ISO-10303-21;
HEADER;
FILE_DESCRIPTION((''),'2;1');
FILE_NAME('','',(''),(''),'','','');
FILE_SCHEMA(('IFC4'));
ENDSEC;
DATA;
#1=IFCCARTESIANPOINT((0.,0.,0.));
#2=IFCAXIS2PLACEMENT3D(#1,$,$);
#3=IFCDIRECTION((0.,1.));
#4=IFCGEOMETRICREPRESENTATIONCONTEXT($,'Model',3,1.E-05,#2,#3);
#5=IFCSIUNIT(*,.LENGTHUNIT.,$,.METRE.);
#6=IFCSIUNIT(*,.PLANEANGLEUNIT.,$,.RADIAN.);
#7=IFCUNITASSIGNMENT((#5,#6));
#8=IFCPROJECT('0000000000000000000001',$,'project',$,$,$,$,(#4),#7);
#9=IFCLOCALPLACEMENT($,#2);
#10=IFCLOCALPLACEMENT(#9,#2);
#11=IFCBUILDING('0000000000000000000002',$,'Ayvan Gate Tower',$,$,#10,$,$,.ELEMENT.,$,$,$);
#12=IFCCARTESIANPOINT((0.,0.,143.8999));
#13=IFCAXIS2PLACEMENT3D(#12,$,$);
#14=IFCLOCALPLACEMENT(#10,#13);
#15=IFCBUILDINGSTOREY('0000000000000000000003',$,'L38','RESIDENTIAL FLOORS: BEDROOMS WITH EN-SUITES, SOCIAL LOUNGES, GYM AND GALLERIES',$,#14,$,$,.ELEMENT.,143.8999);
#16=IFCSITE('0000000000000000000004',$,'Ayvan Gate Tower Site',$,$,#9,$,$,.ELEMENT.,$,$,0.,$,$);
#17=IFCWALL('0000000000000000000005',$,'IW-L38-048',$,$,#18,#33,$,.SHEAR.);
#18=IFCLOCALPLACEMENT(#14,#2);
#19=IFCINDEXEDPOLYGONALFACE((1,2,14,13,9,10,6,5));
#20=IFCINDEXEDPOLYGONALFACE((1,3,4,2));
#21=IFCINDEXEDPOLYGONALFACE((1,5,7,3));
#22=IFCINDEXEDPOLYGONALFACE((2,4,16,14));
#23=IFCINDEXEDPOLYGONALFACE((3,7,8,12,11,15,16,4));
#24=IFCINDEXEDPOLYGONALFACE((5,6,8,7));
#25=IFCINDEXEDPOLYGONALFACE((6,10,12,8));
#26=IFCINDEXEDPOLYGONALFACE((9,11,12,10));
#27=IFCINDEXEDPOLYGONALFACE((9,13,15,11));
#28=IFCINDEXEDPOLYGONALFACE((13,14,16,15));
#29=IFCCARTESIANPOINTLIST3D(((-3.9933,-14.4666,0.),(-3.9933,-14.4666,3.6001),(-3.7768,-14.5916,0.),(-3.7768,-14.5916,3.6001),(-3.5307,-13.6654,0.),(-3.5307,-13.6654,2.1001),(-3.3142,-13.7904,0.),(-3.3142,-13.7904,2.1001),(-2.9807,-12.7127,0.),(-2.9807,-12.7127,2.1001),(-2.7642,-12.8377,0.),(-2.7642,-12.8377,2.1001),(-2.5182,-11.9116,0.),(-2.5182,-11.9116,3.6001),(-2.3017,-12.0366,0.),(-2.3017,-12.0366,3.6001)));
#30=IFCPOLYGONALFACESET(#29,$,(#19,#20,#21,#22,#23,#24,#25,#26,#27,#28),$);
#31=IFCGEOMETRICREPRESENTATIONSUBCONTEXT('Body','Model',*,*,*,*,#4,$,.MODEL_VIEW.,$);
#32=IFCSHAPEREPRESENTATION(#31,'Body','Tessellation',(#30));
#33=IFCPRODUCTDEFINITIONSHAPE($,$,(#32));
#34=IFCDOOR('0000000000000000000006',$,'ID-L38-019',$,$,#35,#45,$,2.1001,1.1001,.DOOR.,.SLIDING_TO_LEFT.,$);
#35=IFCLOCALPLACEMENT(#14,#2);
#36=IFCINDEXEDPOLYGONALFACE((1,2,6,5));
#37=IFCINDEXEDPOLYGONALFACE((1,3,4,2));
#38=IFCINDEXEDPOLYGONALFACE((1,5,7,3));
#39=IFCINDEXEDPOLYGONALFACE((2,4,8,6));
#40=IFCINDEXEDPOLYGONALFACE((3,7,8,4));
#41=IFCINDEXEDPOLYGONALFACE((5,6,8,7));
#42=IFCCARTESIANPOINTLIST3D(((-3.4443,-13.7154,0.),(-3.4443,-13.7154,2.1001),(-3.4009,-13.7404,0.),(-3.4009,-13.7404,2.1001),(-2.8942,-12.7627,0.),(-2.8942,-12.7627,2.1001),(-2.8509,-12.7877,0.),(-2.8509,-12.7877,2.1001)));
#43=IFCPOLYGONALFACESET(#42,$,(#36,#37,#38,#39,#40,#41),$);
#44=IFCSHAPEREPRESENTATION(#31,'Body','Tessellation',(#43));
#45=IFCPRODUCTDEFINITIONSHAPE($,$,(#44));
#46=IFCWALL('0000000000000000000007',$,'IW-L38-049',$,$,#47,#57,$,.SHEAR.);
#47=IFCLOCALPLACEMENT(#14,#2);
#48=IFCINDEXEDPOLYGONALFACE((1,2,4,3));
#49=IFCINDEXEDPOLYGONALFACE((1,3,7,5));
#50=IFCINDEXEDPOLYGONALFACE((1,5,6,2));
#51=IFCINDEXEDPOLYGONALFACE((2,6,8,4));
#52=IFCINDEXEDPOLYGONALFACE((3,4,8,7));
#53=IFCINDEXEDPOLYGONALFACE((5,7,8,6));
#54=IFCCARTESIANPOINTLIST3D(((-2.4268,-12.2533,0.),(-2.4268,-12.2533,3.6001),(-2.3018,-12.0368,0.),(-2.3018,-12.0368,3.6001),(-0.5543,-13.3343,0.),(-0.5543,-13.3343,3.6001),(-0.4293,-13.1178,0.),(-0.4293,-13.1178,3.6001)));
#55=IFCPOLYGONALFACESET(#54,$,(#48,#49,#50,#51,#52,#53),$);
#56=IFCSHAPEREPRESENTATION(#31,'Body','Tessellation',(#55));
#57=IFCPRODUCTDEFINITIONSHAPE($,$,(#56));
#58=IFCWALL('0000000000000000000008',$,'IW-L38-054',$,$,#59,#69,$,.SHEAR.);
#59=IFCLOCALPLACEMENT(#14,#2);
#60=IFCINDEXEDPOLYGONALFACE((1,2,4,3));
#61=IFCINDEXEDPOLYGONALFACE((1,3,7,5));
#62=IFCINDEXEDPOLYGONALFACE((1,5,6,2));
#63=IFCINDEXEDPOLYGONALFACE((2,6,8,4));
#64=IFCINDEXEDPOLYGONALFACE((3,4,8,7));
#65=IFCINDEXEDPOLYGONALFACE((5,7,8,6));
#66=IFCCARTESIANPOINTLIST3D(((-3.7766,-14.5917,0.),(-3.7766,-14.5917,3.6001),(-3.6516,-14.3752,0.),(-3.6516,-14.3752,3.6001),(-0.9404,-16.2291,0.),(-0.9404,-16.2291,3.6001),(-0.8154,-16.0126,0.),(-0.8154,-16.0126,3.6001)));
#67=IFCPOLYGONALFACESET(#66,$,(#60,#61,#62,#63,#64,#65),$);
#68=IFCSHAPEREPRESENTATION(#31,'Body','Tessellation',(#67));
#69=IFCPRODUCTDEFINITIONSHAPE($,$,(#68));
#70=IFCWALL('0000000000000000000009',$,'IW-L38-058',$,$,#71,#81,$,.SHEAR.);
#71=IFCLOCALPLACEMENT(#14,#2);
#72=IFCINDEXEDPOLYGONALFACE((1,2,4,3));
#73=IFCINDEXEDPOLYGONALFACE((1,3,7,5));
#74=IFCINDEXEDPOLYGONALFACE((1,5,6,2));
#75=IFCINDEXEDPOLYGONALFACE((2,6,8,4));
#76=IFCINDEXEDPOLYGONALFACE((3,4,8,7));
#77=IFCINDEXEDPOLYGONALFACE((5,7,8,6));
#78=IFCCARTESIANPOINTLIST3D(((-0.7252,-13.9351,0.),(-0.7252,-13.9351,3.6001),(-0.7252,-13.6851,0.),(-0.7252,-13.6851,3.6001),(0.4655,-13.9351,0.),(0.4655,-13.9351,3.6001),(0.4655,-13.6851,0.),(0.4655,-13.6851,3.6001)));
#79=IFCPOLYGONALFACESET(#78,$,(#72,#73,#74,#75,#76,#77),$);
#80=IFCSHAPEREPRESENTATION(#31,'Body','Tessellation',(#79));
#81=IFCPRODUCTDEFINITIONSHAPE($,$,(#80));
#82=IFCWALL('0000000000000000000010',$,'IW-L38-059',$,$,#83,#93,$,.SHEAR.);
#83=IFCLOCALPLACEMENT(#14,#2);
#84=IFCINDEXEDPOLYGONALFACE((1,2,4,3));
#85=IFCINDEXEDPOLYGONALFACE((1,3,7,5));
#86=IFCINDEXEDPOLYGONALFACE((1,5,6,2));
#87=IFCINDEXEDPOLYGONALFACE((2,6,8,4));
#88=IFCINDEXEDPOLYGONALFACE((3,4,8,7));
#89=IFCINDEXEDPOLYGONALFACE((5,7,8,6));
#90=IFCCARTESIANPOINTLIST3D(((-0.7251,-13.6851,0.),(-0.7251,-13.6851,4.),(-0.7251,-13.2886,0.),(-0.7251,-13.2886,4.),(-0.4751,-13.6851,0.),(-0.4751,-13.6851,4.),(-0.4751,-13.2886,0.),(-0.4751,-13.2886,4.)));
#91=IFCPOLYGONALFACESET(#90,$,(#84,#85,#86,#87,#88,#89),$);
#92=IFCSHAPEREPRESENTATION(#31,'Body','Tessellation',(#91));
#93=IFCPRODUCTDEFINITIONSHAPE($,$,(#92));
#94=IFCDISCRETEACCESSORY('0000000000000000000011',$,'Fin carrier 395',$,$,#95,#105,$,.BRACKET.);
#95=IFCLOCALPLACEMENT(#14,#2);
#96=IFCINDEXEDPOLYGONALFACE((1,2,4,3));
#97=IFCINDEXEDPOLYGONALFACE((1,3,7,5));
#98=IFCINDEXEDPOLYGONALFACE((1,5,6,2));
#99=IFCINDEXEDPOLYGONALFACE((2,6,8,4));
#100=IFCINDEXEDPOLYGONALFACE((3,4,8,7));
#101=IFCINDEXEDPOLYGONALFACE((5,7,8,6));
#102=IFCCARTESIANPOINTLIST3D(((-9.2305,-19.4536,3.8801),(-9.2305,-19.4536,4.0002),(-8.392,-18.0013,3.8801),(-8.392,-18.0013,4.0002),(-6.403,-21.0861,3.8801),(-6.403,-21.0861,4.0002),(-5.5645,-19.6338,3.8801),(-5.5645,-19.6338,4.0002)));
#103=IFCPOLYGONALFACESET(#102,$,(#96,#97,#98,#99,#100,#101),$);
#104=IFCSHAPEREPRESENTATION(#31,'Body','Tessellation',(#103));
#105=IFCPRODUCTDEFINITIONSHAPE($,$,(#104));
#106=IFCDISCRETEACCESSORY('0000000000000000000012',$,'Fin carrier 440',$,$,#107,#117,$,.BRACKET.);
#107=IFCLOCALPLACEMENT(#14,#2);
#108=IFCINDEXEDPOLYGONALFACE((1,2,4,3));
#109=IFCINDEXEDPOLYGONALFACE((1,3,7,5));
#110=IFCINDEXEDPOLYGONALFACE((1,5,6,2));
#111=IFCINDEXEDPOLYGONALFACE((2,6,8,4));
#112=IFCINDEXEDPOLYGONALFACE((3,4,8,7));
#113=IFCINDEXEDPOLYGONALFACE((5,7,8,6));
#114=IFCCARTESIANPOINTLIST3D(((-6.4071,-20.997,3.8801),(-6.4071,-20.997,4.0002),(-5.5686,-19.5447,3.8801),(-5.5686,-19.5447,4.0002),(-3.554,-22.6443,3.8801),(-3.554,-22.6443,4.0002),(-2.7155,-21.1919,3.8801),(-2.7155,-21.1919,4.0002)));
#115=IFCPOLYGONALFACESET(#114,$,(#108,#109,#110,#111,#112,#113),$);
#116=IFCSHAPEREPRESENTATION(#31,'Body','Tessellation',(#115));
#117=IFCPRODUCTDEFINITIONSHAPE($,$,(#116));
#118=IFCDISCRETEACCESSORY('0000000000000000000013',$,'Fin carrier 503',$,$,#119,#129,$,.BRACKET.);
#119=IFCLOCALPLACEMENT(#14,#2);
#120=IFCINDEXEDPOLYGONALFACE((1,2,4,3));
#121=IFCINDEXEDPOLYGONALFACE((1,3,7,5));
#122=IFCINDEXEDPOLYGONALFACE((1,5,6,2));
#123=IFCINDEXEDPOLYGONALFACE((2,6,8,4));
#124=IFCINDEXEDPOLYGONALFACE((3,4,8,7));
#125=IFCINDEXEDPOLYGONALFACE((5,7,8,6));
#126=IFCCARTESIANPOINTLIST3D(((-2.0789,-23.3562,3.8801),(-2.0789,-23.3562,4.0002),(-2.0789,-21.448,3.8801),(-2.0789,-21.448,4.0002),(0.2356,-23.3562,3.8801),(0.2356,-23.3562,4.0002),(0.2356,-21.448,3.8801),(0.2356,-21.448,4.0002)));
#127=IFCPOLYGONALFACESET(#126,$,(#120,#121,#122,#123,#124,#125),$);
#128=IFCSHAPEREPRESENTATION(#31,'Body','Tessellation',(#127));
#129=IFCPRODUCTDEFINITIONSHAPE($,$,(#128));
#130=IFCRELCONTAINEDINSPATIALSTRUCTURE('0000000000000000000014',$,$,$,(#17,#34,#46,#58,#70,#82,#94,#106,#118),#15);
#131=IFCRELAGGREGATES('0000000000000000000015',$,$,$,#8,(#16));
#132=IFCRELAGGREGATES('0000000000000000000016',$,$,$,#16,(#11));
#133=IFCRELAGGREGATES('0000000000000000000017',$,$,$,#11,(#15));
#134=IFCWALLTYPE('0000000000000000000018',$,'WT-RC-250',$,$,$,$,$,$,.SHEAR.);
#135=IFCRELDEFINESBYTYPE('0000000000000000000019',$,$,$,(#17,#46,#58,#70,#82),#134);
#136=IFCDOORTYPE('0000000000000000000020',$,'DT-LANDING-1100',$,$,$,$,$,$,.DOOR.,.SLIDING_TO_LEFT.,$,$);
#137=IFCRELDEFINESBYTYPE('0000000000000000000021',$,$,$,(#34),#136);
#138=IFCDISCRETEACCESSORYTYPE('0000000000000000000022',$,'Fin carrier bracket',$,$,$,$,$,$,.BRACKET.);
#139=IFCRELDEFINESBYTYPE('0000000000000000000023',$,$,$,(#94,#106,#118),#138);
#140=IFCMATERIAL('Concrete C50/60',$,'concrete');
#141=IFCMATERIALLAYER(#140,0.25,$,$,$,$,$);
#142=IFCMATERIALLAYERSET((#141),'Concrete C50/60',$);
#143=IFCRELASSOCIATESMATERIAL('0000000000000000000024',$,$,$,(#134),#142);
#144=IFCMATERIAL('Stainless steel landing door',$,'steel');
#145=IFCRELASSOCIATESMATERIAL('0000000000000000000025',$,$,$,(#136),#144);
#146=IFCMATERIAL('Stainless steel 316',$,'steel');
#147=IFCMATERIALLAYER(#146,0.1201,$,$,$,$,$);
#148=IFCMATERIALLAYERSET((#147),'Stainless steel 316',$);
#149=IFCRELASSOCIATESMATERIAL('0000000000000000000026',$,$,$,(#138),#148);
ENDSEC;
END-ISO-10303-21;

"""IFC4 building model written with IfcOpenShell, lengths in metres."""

from ifc_helpers import new_model, si_unit, direction, frame, frame_2d, origin, origin_2d, place, context, subcontext, project, spatial, rectangle, extrude, material, layer, layer_set, type_object, element, fill, save


model = new_model("IFC4")

# Units and contexts
model_context = context("Model", 3, precision=1e-05, world=origin(), true_north=direction((0.0, 1.0)))
body_context = subcontext(model_context, "Body", "Model", "MODEL_VIEW")
ifc_project = project(units=[si_unit("LENGTHUNIT", "METRE"), si_unit("PLANEANGLEUNIT", "RADIAN")], contexts=[model_context])

# Site, building, storey
site_placement = place(None, origin())
site = spatial("IfcSite", under=ifc_project, at=site_placement, Name="Ayvan Gate Tower Site", CompositionType="ELEMENT", RefElevation=0.0)
building_placement = place(site_placement, origin())
building = spatial("IfcBuilding", under=site, at=building_placement, Name="Ayvan Gate Tower", CompositionType="ELEMENT")
storey_placement = place(building_placement, frame((0.0, 0.0, 143.8999)))
storey = spatial("IfcBuildingStorey", under=building, at=storey_placement, Name="L38", Description="RESIDENTIAL FLOORS: BEDROOMS WITH EN-SUITES, SOCIAL LOUNGES, GYM AND GALLERIES", CompositionType="ELEMENT", Elevation=143.8999)

# Shared definitions
ifc_material_1 = material(Name="Concrete C50/60", Category="concrete")
ifc_layer_1 = layer(ifc_material_1, 0.25)
ifc_layer_set_1 = layer_set([ifc_layer_1], Name="Concrete C50/60")
wall_type_1 = type_object("IfcWallType", Name="WT-RC-250", PredefinedType="SHEAR", material=ifc_layer_set_1)

# Wall, opening, door
wall_1_placement = place(storey_placement, frame((-2.4099, -11.9741, 0.0), z_axis=(0.0, 0.0, 1.0), x_axis=(-0.500002, -0.866024, 0.0)))
wall_1 = element("IfcWall", 1, at=wall_1_placement, inside=storey, type_object=wall_type_1, Name="IW-L38-048", PredefinedType="SHEAR", context=body_context, shape_type="SweptSolid", body=[
    extrude(rectangle(XDim=2.9502, YDim=0.25, at=frame_2d((1.4751, 0.0))), origin(), (0.0, 0.0, 1.0), 3.6001),
])
opening_1_placement = place(wall_1_placement, frame((0.925, 0.0, 0.0)))
opening_1 = element("IfcOpeningElement", 2, at=opening_1_placement, cuts=wall_1, PredefinedType="OPENING", context=body_context, shape_type="SweptSolid", body=[
    extrude(rectangle(XDim=1.1001, YDim=2.1001, at=frame_2d((0.55, 1.05))), frame((0.0, 0.135, 0.0), z_axis=(0.0, -1.0, 0.0), x_axis=(1.0, 0.0, 0.0)), (0.0, 0.0, 1.0), 0.27),
])
ifc_material_2 = material(Name="Stainless steel landing door", Category="steel")
door_type_1 = type_object("IfcDoorType", Name="DT-LANDING-1100", OperationType="SLIDING_TO_LEFT", PredefinedType="DOOR", material=ifc_material_2)
door_1_placement = place(opening_1_placement, origin())
door_1 = element("IfcDoor", 3, at=door_1_placement, inside=storey, type_object=door_type_1, Name="ID-L38-019", OperationType="SLIDING_TO_LEFT", OverallHeight=2.1001, OverallWidth=1.1001, PredefinedType="DOOR", context=body_context, shape_type="SweptSolid", body=[
    extrude(rectangle(XDim=1.1001, YDim=2.1001, at=frame_2d((0.55, 1.05))), frame((0.0, 0.0249, 0.0), z_axis=(0.0, -1.0, 0.0), x_axis=(1.0, 0.0, 0.0)), (0.0, 0.0, 1.0), 0.05),
])
fill(opening_1, door_1)

# Walls
wall_2_placement = place(storey_placement, frame((-2.3643, -12.145, 0.0), z_axis=(0.0, 0.0, 1.0), x_axis=(0.866039, -0.499977, 0.0)))
element("IfcWall", 4, at=wall_2_placement, inside=storey, type_object=wall_type_1, Name="IW-L38-049", PredefinedType="SHEAR", context=body_context, shape_type="SweptSolid", body=[
    extrude(rectangle(XDim=2.1621, YDim=0.25, at=frame_2d((1.0811, 0.0))), origin(), (0.0, 0.0, 1.0), 3.6001),
])
wall_3_placement = place(storey_placement, frame((-0.8779, -16.1208, 0.0), z_axis=(0.0, 0.0, 1.0), x_axis=(-0.866028, 0.499996, 0.0)))
element("IfcWall", 5, at=wall_3_placement, inside=storey, type_object=wall_type_1, Name="IW-L38-054", PredefinedType="SHEAR", context=body_context, shape_type="SweptSolid", body=[
    extrude(rectangle(XDim=3.2749, YDim=0.25, at=frame_2d((1.6375, 0.0))), origin(), (0.0, 0.0, 1.0), 3.6001),
])
wall_4_placement = place(storey_placement, frame((-0.7251, -13.8101, 0.0), z_axis=(0.0, 0.0, 1.0), x_axis=(1.0, 0.0, 0.0)))
element("IfcWall", 6, at=wall_4_placement, inside=storey, type_object=wall_type_1, Name="IW-L38-058", PredefinedType="SHEAR", context=body_context, shape_type="SweptSolid", body=[
    extrude(rectangle(XDim=1.1907, YDim=0.25, at=frame_2d((0.5952, 0.0))), origin(), (0.0, 0.0, 1.0), 3.6001),
])
wall_5_placement = place(storey_placement, frame((-0.6001, -13.2886, 0.0), z_axis=(0.0, 0.0, 1.0), x_axis=(0.0, -1.0, 0.0)))
element("IfcWall", 7, at=wall_5_placement, inside=storey, type_object=wall_type_1, Name="IW-L38-059", PredefinedType="SHEAR", context=body_context, shape_type="SweptSolid", body=[
    extrude(rectangle(XDim=0.3965, YDim=0.25, at=frame_2d((0.1982, 0.0))), origin(), (0.0, 0.0, 1.0), 4.0),
])

# Discrete accessories
ifc_material_3 = material(Name="Stainless steel 316", Category="steel")
ifc_layer_2 = layer(ifc_material_3, 0.1201)
ifc_layer_set_2 = layer_set([ifc_layer_2], Name="Stainless steel 316")
discrete_accessory_type = type_object("IfcDiscreteAccessoryType", Name="Fin carrier bracket", PredefinedType="BRACKET", material=ifc_layer_set_2)
discrete_accessory_1_placement = place(storey_placement, frame((-7.3975, -19.5437, 3.8801), z_axis=(0.0, 0.0, 1.0), x_axis=(0.866025, -0.5, 0.0)))
element("IfcDiscreteAccessory", 8, at=discrete_accessory_1_placement, inside=storey, type_object=discrete_accessory_type, Name="Fin carrier 395", PredefinedType="BRACKET", context=body_context, shape_type="SweptSolid", body=[
    extrude(rectangle(XDim=3.2649, YDim=1.677, at=origin_2d()), origin(), (0.0, 0.0, 1.0), 0.1201),
])
discrete_accessory_2_placement = place(storey_placement, frame((-4.5613, -21.0945, 3.8801), z_axis=(0.0, 0.0, 1.0), x_axis=(0.866025, -0.5, 0.0)))
element("IfcDiscreteAccessory", 9, at=discrete_accessory_2_placement, inside=storey, type_object=discrete_accessory_type, Name="Fin carrier 440", PredefinedType="BRACKET", context=body_context, shape_type="SweptSolid", body=[
    extrude(rectangle(XDim=3.2944, YDim=1.677, at=origin_2d()), origin(), (0.0, 0.0, 1.0), 0.1201),
])
discrete_accessory_3_placement = place(storey_placement, frame((-0.9216, -22.4021, 3.8801), z_axis=(0.0, 0.0, 1.0), x_axis=(1.0, 0.0, 0.0)))
element("IfcDiscreteAccessory", 10, at=discrete_accessory_3_placement, inside=storey, type_object=discrete_accessory_type, Name="Fin carrier 503", PredefinedType="BRACKET", context=body_context, shape_type="SweptSolid", body=[
    extrude(rectangle(XDim=2.3145, YDim=1.9082, at=origin_2d()), origin(), (0.0, 0.0, 1.0), 0.1201),
])

save(model, "model.ifc")
